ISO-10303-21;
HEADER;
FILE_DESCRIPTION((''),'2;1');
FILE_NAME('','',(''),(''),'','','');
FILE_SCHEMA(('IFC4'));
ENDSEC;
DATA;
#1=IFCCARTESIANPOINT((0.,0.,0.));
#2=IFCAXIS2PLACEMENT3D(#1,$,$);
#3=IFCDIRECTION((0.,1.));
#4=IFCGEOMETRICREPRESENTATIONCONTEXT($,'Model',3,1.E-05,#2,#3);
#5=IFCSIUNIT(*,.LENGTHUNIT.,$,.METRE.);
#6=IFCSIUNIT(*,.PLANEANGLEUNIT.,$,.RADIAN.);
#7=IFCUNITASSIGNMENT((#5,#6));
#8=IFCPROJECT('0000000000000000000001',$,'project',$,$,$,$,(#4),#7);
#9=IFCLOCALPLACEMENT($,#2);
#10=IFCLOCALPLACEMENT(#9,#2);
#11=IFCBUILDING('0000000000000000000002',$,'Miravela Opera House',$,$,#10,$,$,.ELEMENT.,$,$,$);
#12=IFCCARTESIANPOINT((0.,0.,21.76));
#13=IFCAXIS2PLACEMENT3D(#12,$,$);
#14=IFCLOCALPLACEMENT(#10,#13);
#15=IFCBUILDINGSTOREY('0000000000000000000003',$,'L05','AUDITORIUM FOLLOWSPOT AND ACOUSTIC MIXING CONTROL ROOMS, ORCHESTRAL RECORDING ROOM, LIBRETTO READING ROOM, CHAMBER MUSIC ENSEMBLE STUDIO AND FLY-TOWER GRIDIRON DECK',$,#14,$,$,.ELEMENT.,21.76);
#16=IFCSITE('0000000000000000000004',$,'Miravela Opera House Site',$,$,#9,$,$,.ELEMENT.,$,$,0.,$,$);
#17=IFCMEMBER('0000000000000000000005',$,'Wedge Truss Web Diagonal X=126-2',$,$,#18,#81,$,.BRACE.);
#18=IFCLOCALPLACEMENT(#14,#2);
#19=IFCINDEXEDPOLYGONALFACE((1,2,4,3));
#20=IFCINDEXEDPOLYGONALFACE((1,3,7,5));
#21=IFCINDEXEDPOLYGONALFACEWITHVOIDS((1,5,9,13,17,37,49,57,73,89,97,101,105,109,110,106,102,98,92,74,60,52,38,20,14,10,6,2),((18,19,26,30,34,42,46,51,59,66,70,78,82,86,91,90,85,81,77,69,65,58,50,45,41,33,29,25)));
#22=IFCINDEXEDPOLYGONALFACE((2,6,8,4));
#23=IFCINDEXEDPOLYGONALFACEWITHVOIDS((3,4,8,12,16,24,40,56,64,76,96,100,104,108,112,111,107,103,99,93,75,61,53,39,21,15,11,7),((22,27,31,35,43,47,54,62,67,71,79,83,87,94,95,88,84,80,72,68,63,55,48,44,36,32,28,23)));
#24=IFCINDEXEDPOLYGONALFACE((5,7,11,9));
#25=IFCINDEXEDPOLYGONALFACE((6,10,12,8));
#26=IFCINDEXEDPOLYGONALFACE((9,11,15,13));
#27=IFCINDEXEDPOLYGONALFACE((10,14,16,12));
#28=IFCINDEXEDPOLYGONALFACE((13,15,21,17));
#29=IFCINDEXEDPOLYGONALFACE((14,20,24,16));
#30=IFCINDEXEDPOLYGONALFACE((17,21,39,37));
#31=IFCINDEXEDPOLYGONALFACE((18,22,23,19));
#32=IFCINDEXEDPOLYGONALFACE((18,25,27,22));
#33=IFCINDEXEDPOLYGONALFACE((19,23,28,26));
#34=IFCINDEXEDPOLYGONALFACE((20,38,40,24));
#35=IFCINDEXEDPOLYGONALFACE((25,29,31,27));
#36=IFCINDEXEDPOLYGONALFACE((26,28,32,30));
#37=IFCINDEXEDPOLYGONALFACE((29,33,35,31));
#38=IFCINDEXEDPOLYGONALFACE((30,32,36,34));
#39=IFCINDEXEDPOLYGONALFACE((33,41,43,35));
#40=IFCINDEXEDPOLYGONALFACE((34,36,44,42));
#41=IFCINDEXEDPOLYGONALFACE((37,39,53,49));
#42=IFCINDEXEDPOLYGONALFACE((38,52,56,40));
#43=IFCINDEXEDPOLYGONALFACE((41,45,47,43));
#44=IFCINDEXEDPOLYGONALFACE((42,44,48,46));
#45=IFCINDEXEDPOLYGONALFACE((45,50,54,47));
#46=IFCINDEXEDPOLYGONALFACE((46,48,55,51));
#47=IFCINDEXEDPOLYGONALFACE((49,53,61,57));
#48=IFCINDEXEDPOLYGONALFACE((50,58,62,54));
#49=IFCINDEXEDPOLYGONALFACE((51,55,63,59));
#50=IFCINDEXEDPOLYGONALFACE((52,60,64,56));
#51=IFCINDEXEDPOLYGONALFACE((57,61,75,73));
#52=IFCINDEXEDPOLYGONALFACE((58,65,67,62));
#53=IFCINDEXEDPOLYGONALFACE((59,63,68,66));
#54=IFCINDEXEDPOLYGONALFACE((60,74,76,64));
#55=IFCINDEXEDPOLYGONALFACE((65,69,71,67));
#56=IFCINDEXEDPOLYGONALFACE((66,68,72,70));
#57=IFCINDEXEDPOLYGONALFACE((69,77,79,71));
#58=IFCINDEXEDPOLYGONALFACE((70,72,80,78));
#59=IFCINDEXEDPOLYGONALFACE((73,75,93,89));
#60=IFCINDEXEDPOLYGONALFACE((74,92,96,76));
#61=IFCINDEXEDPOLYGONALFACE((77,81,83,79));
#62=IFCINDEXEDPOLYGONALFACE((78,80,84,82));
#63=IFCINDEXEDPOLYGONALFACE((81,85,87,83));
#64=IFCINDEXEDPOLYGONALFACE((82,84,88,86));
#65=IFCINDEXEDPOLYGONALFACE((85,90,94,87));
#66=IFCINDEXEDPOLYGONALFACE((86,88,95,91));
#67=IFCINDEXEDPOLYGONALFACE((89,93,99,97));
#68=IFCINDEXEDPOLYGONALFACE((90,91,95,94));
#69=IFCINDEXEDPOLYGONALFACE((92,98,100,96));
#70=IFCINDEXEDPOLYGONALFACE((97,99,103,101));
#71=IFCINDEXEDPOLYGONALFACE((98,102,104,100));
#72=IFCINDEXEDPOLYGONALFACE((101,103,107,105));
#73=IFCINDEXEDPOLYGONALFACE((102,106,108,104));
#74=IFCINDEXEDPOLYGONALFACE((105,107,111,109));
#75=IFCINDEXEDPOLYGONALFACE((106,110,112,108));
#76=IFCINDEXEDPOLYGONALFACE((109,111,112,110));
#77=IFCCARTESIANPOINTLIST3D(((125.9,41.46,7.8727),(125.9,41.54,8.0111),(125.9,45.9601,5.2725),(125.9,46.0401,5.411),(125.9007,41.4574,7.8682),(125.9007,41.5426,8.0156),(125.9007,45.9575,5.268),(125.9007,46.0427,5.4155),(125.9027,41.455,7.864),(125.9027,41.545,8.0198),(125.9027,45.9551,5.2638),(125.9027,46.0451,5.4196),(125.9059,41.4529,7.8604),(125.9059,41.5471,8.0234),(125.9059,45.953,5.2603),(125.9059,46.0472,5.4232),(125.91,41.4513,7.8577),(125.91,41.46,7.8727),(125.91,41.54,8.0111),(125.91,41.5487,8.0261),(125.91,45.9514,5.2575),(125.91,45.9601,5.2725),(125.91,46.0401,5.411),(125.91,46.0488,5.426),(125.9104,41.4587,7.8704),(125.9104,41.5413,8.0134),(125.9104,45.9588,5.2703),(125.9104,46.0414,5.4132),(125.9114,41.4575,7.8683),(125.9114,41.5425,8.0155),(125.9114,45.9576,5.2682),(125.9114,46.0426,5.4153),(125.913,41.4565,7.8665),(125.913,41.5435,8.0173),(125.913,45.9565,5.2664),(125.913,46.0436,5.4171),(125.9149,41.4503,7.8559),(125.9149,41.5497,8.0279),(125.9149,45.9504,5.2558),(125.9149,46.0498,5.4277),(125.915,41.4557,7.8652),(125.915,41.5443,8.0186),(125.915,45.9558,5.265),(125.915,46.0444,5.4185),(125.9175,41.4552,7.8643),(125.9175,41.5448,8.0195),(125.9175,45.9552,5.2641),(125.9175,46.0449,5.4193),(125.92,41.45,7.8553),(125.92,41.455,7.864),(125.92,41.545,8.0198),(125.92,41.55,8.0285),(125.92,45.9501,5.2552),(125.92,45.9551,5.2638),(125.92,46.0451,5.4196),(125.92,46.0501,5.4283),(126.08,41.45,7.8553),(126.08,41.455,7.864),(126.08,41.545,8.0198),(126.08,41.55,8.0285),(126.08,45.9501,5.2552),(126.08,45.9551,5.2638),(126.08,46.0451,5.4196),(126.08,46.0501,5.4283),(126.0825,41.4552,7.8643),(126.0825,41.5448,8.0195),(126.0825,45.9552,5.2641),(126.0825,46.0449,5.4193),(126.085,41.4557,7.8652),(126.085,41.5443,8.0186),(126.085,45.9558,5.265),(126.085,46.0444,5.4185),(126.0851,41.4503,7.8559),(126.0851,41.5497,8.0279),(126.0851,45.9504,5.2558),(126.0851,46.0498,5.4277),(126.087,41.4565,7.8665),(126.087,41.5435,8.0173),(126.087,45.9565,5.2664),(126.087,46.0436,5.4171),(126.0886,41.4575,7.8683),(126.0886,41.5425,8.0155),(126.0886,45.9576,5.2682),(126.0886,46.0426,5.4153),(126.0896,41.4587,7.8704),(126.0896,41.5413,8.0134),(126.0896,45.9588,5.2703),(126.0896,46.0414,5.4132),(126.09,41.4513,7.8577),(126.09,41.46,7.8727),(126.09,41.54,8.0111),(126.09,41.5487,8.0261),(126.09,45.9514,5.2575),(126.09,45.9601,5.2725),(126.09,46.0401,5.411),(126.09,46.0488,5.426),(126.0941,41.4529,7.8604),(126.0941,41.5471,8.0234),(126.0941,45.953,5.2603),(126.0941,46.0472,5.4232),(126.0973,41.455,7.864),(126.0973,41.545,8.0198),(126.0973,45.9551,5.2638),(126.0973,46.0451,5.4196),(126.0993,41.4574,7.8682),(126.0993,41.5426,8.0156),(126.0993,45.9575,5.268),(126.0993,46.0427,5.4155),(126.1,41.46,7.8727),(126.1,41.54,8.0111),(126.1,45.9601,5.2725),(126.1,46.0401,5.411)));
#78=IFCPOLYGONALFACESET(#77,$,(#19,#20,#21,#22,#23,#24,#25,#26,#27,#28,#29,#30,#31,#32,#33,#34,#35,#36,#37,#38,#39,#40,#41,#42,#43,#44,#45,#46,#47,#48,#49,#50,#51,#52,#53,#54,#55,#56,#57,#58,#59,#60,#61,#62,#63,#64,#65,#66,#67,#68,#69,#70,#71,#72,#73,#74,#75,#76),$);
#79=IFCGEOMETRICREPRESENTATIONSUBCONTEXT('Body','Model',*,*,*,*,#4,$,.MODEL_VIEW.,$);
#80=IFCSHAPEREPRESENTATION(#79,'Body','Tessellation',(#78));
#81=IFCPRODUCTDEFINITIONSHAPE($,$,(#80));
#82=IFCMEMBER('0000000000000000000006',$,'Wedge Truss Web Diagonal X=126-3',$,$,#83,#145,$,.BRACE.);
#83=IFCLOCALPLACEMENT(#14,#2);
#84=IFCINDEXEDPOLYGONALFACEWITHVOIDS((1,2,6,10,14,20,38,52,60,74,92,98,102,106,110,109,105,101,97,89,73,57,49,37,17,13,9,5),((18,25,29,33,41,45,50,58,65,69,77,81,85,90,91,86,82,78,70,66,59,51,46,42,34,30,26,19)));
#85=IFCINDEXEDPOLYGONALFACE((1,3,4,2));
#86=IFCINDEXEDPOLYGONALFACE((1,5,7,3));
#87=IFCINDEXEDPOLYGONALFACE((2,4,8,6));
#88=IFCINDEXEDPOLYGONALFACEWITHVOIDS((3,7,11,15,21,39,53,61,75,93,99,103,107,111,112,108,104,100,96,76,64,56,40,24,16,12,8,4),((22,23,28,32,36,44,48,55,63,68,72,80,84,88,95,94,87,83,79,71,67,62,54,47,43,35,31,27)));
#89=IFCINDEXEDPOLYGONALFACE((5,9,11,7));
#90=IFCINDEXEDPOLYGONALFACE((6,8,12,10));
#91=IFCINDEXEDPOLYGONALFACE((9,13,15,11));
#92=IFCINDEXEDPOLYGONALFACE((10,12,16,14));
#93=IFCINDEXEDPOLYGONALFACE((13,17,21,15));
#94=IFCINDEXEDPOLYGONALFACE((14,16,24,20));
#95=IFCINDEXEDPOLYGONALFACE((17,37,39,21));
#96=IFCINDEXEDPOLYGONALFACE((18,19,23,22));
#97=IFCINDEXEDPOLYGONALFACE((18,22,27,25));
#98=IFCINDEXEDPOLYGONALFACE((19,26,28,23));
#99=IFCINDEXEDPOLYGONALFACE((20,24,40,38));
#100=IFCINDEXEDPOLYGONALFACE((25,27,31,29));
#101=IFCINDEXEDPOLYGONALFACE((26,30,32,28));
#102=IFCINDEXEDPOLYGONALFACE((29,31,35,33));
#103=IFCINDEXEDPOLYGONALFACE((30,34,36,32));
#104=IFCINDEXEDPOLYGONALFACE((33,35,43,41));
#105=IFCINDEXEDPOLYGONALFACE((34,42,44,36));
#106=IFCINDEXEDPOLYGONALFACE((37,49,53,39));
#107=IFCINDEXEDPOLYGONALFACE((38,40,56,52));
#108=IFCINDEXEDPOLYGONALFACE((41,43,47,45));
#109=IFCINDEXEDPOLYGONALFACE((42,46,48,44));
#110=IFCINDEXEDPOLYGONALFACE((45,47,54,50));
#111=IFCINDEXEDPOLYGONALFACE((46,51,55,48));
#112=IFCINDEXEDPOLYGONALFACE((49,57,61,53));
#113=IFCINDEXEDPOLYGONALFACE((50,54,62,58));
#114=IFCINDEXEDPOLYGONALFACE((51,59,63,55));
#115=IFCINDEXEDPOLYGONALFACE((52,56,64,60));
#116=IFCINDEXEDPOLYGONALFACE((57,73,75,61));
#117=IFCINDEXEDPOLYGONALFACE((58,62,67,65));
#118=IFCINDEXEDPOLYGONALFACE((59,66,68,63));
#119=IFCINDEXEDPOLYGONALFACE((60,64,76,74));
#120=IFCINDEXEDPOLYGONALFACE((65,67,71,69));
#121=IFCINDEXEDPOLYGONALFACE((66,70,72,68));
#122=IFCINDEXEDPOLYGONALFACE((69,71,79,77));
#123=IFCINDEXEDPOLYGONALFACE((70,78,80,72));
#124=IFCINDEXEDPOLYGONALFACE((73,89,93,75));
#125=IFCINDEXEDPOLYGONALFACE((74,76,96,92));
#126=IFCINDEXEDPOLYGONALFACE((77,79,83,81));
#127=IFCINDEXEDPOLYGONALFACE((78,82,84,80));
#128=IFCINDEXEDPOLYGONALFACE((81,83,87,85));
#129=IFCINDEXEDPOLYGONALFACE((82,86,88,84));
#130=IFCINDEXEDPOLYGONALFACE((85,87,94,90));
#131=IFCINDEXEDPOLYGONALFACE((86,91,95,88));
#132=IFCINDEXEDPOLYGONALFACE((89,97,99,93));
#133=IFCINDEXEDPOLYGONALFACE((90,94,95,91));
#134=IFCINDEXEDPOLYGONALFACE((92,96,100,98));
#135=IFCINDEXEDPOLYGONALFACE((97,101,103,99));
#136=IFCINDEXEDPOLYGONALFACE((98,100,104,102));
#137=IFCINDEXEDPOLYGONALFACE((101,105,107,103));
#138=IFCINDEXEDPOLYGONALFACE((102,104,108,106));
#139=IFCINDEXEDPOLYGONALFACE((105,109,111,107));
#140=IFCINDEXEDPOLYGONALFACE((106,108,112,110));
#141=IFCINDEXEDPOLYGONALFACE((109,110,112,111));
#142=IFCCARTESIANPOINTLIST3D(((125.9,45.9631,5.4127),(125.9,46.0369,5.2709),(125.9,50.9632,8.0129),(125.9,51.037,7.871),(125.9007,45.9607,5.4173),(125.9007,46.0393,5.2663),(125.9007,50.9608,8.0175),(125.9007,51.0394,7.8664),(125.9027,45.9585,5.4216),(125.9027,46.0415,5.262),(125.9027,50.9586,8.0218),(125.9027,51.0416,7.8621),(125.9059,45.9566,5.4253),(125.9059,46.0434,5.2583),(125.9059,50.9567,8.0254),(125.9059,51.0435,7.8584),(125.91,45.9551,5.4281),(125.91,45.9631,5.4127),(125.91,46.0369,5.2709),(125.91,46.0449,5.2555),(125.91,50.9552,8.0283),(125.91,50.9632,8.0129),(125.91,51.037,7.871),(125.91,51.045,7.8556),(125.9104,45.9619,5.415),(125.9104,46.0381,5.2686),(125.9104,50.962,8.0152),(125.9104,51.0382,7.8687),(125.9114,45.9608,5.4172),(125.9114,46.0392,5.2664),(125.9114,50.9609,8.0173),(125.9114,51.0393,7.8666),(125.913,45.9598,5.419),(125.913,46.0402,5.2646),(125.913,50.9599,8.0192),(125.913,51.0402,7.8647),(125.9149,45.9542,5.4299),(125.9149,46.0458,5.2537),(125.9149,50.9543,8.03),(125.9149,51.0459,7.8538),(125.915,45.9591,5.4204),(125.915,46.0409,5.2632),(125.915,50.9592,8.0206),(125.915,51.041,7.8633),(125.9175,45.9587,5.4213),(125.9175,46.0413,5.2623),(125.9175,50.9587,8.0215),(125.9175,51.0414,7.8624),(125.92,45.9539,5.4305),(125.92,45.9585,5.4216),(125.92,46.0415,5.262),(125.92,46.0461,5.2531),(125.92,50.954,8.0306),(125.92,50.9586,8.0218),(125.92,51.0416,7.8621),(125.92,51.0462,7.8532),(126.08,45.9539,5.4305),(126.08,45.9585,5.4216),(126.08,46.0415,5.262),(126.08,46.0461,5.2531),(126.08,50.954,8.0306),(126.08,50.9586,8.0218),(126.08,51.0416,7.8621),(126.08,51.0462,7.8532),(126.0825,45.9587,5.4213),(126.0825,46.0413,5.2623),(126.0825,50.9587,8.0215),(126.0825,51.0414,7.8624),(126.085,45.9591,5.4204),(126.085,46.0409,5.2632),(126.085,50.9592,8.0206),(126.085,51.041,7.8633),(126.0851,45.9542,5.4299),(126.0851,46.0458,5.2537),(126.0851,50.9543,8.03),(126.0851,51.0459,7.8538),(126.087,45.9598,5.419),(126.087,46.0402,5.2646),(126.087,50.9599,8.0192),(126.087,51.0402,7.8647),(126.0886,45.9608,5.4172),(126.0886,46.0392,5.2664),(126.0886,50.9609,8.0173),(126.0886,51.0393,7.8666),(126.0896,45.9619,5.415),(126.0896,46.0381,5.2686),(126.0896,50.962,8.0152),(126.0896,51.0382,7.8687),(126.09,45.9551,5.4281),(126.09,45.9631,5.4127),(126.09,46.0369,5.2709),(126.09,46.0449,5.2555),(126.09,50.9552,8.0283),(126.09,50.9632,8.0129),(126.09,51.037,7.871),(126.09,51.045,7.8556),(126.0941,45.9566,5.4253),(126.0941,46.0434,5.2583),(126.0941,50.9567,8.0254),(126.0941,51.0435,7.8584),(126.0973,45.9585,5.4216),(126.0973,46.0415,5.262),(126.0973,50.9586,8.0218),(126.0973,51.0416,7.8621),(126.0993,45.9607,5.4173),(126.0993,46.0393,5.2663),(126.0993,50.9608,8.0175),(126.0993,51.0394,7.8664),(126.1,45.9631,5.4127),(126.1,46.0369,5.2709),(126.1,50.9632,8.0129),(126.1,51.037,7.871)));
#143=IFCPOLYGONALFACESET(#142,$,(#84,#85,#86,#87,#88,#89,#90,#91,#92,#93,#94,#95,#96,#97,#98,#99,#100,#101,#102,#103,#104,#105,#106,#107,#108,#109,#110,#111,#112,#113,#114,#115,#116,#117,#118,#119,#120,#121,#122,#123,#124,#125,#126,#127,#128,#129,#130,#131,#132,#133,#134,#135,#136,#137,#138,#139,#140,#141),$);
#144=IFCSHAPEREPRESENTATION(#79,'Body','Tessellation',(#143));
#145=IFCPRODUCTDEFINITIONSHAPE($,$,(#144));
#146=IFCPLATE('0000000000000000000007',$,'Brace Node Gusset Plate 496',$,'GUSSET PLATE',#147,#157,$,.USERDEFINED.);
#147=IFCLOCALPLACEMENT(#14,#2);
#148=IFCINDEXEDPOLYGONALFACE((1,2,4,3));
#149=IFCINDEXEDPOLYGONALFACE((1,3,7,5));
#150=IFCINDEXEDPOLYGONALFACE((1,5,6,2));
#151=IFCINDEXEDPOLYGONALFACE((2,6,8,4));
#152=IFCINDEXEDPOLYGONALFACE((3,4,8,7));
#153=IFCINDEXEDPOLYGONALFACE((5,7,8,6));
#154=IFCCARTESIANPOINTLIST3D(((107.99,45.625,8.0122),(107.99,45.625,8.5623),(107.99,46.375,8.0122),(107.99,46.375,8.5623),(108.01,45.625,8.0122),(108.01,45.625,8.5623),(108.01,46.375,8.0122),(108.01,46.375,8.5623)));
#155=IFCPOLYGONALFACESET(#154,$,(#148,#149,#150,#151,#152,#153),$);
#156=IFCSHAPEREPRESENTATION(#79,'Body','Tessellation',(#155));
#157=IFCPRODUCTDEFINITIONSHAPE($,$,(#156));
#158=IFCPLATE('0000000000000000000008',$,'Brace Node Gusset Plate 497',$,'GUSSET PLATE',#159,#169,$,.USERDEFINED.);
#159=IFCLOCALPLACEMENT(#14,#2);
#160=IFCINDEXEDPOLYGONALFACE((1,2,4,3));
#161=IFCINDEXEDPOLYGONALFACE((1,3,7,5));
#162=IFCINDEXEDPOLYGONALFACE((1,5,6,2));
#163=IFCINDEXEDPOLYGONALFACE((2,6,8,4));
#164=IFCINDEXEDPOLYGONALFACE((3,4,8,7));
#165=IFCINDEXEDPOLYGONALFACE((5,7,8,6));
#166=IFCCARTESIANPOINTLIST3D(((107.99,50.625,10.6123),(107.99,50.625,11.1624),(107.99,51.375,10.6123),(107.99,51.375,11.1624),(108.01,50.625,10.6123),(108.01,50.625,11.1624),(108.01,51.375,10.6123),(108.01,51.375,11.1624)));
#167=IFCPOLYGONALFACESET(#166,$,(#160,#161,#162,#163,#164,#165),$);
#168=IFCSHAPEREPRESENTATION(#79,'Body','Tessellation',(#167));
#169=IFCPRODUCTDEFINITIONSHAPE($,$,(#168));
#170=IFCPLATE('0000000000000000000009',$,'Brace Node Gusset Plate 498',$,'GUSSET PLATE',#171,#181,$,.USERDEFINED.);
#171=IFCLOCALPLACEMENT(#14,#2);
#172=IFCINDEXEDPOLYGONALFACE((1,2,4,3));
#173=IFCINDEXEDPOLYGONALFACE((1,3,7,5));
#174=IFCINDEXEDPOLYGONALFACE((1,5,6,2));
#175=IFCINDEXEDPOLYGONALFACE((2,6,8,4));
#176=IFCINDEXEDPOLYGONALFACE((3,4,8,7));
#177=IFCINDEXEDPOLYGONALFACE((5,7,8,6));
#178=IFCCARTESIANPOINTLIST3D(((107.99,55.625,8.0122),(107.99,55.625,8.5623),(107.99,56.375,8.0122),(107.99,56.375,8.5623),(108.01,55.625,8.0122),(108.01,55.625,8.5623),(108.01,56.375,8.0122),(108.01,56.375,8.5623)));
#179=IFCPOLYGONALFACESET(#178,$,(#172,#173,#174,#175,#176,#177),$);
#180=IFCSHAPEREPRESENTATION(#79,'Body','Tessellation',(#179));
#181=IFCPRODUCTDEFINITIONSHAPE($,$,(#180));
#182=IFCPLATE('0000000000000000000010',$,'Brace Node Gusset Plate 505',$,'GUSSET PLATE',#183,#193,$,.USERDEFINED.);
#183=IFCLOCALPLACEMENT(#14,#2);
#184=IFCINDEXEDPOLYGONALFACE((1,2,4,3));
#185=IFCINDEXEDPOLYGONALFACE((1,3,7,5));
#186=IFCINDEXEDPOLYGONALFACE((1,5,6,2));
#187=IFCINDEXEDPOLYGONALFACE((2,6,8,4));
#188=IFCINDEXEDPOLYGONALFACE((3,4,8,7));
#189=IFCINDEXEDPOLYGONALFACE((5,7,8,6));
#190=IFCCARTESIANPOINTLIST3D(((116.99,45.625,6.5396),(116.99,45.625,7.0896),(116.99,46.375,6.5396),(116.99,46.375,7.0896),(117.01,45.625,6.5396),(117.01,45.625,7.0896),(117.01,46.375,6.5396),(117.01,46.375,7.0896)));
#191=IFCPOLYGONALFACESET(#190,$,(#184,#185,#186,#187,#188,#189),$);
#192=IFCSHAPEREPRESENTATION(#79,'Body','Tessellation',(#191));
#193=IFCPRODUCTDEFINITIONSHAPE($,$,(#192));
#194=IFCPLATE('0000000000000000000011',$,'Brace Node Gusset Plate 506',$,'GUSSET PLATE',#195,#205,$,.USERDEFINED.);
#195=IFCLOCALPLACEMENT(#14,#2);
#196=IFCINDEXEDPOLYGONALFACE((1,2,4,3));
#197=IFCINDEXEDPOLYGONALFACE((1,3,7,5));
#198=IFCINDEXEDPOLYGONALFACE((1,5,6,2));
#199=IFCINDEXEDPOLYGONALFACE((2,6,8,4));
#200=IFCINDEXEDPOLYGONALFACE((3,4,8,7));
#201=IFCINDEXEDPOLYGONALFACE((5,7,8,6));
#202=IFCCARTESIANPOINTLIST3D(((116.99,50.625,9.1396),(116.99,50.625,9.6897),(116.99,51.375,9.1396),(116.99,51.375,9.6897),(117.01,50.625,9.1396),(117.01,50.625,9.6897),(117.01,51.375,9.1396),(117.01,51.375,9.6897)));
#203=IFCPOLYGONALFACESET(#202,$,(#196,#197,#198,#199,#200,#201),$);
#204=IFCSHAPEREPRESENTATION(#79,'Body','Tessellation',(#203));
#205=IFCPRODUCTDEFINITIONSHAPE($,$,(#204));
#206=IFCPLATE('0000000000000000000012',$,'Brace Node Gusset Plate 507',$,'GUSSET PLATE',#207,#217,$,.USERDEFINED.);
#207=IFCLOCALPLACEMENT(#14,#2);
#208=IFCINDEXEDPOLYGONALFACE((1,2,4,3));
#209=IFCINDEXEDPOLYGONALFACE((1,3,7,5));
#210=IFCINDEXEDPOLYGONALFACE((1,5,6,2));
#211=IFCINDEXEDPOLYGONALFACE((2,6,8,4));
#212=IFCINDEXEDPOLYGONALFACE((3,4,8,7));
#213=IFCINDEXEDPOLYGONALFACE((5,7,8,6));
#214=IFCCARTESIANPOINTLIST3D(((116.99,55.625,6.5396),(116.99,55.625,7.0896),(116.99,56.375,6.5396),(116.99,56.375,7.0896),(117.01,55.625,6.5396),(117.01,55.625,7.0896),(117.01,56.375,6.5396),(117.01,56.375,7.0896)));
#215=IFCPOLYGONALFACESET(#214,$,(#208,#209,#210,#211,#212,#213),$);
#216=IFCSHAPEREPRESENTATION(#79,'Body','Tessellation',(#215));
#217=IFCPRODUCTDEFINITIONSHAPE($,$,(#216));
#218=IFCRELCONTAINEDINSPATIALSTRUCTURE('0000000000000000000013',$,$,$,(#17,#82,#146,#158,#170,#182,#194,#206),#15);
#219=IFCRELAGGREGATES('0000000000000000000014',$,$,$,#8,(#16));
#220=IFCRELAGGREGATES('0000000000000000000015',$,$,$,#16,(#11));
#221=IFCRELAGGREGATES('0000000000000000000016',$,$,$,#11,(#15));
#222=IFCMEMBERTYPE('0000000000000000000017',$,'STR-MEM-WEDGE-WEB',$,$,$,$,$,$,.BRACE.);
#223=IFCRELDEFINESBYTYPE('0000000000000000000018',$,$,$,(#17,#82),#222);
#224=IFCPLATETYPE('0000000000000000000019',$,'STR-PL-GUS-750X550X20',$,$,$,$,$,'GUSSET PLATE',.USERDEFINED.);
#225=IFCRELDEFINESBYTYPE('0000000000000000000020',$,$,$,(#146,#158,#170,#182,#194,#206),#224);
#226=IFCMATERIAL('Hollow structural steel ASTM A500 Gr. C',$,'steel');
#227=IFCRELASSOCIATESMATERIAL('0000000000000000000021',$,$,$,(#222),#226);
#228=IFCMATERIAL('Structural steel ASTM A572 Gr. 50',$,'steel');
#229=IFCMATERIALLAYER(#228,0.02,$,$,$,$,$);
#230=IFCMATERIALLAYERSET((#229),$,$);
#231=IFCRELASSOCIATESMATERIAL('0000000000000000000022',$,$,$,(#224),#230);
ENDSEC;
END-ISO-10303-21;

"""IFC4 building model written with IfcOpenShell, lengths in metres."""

from ifc_helpers import new_model, si_unit, direction, frame, origin, origin_2d, place, context, subcontext, project, spatial, rectangle, hollow_rectangle, extrude, material, layer, layer_set, material_profile, profile_set, type_object, element, save


model = new_model("IFC4")

# Units and contexts
model_context = context("Model", 3, precision=1e-05, world=origin(), true_north=direction((0.0, 1.0)))
body_context = subcontext(model_context, "Body", "Model", "MODEL_VIEW")
ifc_project = project(units=[si_unit("LENGTHUNIT", "METRE"), si_unit("PLANEANGLEUNIT", "RADIAN")], contexts=[model_context])

# Site, building, storey
site_placement = place(None, origin())
site = spatial("IfcSite", under=ifc_project, at=site_placement, Name="Miravela Opera House Site", CompositionType="ELEMENT", RefElevation=0.0)
building_placement = place(site_placement, origin())
building = spatial("IfcBuilding", under=site, at=building_placement, Name="Miravela Opera House", CompositionType="ELEMENT")
storey_placement = place(building_placement, frame((0.0, 0.0, 21.76)))
storey = spatial("IfcBuildingStorey", under=building, at=storey_placement, Name="L05", Description="AUDITORIUM FOLLOWSPOT AND ACOUSTIC MIXING CONTROL ROOMS, ORCHESTRAL RECORDING ROOM, LIBRETTO READING ROOM, CHAMBER MUSIC ENSEMBLE STUDIO AND FLY-TOWER GRIDIRON DECK", CompositionType="ELEMENT", Elevation=21.76)

# Members
ifc_material_1 = material(Name="Hollow structural steel ASTM A500 Gr. C", Category="steel")
ifc_material_profile_1 = material_profile(ifc_material_1, hollow_rectangle(XDim=0.2, YDim=0.2, WallThickness=0.01, InnerFilletRadius=0.01, OuterFilletRadius=0.02, at=origin_2d()), Name="HSS200X200X10")
ifc_profile_set_1 = profile_set([ifc_material_profile_1])
member_type_1 = type_object("IfcMemberType", Name="STR-MEM-WEDGE-WEB", PredefinedType="BRACE", material=ifc_profile_set_1)
member_1_placement = place(storey_placement, frame((126.0, 41.5, 7.9419), z_axis=(0.0, 0.865857, -0.500292), x_axis=(-1.0, 0.0, 0.0)))
element("IfcMember", 1, at=member_1_placement, inside=storey, type_object=member_type_1, Name="Wedge Truss Web Diagonal X=126-2", PredefinedType="BRACE", context=body_context, shape_type="SweptSolid", body=[
    extrude(hollow_rectangle(XDim=0.2, YDim=0.2, WallThickness=0.01, InnerFilletRadius=0.01, OuterFilletRadius=0.02, at=origin_2d()), origin(), (0.0, 0.0, 1.0), 5.1973),
])
member_2_placement = place(storey_placement, frame((126.0, 46.0, 5.3418), z_axis=(0.0, 0.88721, 0.461366), x_axis=(-1.0, 0.0, 0.0)))
element("IfcMember", 2, at=member_2_placement, inside=storey, type_object=member_type_1, Name="Wedge Truss Web Diagonal X=126-3", PredefinedType="BRACE", context=body_context, shape_type="SweptSolid", body=[
    extrude(hollow_rectangle(XDim=0.2, YDim=0.2, WallThickness=0.01, InnerFilletRadius=0.01, OuterFilletRadius=0.02, at=origin_2d()), origin(), (0.0, 0.0, 1.0), 5.6357),
])

# Plates
ifc_material_2 = material(Name="Structural steel ASTM A572 Gr. 50", Category="steel")
ifc_layer_1 = layer(ifc_material_2, 0.02)
ifc_layer_set_1 = layer_set([ifc_layer_1])
plate_type = type_object("IfcPlateType", Name="STR-PL-GUS-750X550X20", ElementType="GUSSET PLATE", PredefinedType="USERDEFINED", material=ifc_layer_set_1)
for number, where, z_axis, x_axis, name in (
    (3, (108.0, 46.0, 8.0122), (0.0, 0.0, 1.0), (0.0, 1.0, 0.0), "Brace Node Gusset Plate 496"),
    (4, (108.0, 51.0, 10.6123), (0.0, 0.0, 1.0), (0.0, 1.0, 0.0), "Brace Node Gusset Plate 497"),
    (5, (108.0, 56.0, 8.0122), (0.0, 0.0, 1.0), (0.0, 1.0, 0.0), "Brace Node Gusset Plate 498"),
    (6, (117.0, 46.0, 6.5396), (0.0, 0.0, 1.0), (0.0, 1.0, 0.0), "Brace Node Gusset Plate 505"),
    (7, (117.0, 51.0, 9.1396), (0.0, 0.0, 1.0), (0.0, 1.0, 0.0), "Brace Node Gusset Plate 506"),
    (8, (117.0, 56.0, 6.5396), (0.0, 0.0, 1.0), (0.0, 1.0, 0.0), "Brace Node Gusset Plate 507"),
):
    element("IfcPlate", number, at=place(storey_placement, frame(where, z_axis=z_axis, x_axis=x_axis)), inside=storey, type_object=plate_type, Name=name, ObjectType="GUSSET PLATE", PredefinedType="USERDEFINED", context=body_context, shape_type="SweptSolid", body=[
        extrude(rectangle(XDim=0.75, YDim=0.02, at=origin_2d()), origin(), (0.0, 0.0, 1.0), 0.55),
    ])

save(model, "model.ifc")
